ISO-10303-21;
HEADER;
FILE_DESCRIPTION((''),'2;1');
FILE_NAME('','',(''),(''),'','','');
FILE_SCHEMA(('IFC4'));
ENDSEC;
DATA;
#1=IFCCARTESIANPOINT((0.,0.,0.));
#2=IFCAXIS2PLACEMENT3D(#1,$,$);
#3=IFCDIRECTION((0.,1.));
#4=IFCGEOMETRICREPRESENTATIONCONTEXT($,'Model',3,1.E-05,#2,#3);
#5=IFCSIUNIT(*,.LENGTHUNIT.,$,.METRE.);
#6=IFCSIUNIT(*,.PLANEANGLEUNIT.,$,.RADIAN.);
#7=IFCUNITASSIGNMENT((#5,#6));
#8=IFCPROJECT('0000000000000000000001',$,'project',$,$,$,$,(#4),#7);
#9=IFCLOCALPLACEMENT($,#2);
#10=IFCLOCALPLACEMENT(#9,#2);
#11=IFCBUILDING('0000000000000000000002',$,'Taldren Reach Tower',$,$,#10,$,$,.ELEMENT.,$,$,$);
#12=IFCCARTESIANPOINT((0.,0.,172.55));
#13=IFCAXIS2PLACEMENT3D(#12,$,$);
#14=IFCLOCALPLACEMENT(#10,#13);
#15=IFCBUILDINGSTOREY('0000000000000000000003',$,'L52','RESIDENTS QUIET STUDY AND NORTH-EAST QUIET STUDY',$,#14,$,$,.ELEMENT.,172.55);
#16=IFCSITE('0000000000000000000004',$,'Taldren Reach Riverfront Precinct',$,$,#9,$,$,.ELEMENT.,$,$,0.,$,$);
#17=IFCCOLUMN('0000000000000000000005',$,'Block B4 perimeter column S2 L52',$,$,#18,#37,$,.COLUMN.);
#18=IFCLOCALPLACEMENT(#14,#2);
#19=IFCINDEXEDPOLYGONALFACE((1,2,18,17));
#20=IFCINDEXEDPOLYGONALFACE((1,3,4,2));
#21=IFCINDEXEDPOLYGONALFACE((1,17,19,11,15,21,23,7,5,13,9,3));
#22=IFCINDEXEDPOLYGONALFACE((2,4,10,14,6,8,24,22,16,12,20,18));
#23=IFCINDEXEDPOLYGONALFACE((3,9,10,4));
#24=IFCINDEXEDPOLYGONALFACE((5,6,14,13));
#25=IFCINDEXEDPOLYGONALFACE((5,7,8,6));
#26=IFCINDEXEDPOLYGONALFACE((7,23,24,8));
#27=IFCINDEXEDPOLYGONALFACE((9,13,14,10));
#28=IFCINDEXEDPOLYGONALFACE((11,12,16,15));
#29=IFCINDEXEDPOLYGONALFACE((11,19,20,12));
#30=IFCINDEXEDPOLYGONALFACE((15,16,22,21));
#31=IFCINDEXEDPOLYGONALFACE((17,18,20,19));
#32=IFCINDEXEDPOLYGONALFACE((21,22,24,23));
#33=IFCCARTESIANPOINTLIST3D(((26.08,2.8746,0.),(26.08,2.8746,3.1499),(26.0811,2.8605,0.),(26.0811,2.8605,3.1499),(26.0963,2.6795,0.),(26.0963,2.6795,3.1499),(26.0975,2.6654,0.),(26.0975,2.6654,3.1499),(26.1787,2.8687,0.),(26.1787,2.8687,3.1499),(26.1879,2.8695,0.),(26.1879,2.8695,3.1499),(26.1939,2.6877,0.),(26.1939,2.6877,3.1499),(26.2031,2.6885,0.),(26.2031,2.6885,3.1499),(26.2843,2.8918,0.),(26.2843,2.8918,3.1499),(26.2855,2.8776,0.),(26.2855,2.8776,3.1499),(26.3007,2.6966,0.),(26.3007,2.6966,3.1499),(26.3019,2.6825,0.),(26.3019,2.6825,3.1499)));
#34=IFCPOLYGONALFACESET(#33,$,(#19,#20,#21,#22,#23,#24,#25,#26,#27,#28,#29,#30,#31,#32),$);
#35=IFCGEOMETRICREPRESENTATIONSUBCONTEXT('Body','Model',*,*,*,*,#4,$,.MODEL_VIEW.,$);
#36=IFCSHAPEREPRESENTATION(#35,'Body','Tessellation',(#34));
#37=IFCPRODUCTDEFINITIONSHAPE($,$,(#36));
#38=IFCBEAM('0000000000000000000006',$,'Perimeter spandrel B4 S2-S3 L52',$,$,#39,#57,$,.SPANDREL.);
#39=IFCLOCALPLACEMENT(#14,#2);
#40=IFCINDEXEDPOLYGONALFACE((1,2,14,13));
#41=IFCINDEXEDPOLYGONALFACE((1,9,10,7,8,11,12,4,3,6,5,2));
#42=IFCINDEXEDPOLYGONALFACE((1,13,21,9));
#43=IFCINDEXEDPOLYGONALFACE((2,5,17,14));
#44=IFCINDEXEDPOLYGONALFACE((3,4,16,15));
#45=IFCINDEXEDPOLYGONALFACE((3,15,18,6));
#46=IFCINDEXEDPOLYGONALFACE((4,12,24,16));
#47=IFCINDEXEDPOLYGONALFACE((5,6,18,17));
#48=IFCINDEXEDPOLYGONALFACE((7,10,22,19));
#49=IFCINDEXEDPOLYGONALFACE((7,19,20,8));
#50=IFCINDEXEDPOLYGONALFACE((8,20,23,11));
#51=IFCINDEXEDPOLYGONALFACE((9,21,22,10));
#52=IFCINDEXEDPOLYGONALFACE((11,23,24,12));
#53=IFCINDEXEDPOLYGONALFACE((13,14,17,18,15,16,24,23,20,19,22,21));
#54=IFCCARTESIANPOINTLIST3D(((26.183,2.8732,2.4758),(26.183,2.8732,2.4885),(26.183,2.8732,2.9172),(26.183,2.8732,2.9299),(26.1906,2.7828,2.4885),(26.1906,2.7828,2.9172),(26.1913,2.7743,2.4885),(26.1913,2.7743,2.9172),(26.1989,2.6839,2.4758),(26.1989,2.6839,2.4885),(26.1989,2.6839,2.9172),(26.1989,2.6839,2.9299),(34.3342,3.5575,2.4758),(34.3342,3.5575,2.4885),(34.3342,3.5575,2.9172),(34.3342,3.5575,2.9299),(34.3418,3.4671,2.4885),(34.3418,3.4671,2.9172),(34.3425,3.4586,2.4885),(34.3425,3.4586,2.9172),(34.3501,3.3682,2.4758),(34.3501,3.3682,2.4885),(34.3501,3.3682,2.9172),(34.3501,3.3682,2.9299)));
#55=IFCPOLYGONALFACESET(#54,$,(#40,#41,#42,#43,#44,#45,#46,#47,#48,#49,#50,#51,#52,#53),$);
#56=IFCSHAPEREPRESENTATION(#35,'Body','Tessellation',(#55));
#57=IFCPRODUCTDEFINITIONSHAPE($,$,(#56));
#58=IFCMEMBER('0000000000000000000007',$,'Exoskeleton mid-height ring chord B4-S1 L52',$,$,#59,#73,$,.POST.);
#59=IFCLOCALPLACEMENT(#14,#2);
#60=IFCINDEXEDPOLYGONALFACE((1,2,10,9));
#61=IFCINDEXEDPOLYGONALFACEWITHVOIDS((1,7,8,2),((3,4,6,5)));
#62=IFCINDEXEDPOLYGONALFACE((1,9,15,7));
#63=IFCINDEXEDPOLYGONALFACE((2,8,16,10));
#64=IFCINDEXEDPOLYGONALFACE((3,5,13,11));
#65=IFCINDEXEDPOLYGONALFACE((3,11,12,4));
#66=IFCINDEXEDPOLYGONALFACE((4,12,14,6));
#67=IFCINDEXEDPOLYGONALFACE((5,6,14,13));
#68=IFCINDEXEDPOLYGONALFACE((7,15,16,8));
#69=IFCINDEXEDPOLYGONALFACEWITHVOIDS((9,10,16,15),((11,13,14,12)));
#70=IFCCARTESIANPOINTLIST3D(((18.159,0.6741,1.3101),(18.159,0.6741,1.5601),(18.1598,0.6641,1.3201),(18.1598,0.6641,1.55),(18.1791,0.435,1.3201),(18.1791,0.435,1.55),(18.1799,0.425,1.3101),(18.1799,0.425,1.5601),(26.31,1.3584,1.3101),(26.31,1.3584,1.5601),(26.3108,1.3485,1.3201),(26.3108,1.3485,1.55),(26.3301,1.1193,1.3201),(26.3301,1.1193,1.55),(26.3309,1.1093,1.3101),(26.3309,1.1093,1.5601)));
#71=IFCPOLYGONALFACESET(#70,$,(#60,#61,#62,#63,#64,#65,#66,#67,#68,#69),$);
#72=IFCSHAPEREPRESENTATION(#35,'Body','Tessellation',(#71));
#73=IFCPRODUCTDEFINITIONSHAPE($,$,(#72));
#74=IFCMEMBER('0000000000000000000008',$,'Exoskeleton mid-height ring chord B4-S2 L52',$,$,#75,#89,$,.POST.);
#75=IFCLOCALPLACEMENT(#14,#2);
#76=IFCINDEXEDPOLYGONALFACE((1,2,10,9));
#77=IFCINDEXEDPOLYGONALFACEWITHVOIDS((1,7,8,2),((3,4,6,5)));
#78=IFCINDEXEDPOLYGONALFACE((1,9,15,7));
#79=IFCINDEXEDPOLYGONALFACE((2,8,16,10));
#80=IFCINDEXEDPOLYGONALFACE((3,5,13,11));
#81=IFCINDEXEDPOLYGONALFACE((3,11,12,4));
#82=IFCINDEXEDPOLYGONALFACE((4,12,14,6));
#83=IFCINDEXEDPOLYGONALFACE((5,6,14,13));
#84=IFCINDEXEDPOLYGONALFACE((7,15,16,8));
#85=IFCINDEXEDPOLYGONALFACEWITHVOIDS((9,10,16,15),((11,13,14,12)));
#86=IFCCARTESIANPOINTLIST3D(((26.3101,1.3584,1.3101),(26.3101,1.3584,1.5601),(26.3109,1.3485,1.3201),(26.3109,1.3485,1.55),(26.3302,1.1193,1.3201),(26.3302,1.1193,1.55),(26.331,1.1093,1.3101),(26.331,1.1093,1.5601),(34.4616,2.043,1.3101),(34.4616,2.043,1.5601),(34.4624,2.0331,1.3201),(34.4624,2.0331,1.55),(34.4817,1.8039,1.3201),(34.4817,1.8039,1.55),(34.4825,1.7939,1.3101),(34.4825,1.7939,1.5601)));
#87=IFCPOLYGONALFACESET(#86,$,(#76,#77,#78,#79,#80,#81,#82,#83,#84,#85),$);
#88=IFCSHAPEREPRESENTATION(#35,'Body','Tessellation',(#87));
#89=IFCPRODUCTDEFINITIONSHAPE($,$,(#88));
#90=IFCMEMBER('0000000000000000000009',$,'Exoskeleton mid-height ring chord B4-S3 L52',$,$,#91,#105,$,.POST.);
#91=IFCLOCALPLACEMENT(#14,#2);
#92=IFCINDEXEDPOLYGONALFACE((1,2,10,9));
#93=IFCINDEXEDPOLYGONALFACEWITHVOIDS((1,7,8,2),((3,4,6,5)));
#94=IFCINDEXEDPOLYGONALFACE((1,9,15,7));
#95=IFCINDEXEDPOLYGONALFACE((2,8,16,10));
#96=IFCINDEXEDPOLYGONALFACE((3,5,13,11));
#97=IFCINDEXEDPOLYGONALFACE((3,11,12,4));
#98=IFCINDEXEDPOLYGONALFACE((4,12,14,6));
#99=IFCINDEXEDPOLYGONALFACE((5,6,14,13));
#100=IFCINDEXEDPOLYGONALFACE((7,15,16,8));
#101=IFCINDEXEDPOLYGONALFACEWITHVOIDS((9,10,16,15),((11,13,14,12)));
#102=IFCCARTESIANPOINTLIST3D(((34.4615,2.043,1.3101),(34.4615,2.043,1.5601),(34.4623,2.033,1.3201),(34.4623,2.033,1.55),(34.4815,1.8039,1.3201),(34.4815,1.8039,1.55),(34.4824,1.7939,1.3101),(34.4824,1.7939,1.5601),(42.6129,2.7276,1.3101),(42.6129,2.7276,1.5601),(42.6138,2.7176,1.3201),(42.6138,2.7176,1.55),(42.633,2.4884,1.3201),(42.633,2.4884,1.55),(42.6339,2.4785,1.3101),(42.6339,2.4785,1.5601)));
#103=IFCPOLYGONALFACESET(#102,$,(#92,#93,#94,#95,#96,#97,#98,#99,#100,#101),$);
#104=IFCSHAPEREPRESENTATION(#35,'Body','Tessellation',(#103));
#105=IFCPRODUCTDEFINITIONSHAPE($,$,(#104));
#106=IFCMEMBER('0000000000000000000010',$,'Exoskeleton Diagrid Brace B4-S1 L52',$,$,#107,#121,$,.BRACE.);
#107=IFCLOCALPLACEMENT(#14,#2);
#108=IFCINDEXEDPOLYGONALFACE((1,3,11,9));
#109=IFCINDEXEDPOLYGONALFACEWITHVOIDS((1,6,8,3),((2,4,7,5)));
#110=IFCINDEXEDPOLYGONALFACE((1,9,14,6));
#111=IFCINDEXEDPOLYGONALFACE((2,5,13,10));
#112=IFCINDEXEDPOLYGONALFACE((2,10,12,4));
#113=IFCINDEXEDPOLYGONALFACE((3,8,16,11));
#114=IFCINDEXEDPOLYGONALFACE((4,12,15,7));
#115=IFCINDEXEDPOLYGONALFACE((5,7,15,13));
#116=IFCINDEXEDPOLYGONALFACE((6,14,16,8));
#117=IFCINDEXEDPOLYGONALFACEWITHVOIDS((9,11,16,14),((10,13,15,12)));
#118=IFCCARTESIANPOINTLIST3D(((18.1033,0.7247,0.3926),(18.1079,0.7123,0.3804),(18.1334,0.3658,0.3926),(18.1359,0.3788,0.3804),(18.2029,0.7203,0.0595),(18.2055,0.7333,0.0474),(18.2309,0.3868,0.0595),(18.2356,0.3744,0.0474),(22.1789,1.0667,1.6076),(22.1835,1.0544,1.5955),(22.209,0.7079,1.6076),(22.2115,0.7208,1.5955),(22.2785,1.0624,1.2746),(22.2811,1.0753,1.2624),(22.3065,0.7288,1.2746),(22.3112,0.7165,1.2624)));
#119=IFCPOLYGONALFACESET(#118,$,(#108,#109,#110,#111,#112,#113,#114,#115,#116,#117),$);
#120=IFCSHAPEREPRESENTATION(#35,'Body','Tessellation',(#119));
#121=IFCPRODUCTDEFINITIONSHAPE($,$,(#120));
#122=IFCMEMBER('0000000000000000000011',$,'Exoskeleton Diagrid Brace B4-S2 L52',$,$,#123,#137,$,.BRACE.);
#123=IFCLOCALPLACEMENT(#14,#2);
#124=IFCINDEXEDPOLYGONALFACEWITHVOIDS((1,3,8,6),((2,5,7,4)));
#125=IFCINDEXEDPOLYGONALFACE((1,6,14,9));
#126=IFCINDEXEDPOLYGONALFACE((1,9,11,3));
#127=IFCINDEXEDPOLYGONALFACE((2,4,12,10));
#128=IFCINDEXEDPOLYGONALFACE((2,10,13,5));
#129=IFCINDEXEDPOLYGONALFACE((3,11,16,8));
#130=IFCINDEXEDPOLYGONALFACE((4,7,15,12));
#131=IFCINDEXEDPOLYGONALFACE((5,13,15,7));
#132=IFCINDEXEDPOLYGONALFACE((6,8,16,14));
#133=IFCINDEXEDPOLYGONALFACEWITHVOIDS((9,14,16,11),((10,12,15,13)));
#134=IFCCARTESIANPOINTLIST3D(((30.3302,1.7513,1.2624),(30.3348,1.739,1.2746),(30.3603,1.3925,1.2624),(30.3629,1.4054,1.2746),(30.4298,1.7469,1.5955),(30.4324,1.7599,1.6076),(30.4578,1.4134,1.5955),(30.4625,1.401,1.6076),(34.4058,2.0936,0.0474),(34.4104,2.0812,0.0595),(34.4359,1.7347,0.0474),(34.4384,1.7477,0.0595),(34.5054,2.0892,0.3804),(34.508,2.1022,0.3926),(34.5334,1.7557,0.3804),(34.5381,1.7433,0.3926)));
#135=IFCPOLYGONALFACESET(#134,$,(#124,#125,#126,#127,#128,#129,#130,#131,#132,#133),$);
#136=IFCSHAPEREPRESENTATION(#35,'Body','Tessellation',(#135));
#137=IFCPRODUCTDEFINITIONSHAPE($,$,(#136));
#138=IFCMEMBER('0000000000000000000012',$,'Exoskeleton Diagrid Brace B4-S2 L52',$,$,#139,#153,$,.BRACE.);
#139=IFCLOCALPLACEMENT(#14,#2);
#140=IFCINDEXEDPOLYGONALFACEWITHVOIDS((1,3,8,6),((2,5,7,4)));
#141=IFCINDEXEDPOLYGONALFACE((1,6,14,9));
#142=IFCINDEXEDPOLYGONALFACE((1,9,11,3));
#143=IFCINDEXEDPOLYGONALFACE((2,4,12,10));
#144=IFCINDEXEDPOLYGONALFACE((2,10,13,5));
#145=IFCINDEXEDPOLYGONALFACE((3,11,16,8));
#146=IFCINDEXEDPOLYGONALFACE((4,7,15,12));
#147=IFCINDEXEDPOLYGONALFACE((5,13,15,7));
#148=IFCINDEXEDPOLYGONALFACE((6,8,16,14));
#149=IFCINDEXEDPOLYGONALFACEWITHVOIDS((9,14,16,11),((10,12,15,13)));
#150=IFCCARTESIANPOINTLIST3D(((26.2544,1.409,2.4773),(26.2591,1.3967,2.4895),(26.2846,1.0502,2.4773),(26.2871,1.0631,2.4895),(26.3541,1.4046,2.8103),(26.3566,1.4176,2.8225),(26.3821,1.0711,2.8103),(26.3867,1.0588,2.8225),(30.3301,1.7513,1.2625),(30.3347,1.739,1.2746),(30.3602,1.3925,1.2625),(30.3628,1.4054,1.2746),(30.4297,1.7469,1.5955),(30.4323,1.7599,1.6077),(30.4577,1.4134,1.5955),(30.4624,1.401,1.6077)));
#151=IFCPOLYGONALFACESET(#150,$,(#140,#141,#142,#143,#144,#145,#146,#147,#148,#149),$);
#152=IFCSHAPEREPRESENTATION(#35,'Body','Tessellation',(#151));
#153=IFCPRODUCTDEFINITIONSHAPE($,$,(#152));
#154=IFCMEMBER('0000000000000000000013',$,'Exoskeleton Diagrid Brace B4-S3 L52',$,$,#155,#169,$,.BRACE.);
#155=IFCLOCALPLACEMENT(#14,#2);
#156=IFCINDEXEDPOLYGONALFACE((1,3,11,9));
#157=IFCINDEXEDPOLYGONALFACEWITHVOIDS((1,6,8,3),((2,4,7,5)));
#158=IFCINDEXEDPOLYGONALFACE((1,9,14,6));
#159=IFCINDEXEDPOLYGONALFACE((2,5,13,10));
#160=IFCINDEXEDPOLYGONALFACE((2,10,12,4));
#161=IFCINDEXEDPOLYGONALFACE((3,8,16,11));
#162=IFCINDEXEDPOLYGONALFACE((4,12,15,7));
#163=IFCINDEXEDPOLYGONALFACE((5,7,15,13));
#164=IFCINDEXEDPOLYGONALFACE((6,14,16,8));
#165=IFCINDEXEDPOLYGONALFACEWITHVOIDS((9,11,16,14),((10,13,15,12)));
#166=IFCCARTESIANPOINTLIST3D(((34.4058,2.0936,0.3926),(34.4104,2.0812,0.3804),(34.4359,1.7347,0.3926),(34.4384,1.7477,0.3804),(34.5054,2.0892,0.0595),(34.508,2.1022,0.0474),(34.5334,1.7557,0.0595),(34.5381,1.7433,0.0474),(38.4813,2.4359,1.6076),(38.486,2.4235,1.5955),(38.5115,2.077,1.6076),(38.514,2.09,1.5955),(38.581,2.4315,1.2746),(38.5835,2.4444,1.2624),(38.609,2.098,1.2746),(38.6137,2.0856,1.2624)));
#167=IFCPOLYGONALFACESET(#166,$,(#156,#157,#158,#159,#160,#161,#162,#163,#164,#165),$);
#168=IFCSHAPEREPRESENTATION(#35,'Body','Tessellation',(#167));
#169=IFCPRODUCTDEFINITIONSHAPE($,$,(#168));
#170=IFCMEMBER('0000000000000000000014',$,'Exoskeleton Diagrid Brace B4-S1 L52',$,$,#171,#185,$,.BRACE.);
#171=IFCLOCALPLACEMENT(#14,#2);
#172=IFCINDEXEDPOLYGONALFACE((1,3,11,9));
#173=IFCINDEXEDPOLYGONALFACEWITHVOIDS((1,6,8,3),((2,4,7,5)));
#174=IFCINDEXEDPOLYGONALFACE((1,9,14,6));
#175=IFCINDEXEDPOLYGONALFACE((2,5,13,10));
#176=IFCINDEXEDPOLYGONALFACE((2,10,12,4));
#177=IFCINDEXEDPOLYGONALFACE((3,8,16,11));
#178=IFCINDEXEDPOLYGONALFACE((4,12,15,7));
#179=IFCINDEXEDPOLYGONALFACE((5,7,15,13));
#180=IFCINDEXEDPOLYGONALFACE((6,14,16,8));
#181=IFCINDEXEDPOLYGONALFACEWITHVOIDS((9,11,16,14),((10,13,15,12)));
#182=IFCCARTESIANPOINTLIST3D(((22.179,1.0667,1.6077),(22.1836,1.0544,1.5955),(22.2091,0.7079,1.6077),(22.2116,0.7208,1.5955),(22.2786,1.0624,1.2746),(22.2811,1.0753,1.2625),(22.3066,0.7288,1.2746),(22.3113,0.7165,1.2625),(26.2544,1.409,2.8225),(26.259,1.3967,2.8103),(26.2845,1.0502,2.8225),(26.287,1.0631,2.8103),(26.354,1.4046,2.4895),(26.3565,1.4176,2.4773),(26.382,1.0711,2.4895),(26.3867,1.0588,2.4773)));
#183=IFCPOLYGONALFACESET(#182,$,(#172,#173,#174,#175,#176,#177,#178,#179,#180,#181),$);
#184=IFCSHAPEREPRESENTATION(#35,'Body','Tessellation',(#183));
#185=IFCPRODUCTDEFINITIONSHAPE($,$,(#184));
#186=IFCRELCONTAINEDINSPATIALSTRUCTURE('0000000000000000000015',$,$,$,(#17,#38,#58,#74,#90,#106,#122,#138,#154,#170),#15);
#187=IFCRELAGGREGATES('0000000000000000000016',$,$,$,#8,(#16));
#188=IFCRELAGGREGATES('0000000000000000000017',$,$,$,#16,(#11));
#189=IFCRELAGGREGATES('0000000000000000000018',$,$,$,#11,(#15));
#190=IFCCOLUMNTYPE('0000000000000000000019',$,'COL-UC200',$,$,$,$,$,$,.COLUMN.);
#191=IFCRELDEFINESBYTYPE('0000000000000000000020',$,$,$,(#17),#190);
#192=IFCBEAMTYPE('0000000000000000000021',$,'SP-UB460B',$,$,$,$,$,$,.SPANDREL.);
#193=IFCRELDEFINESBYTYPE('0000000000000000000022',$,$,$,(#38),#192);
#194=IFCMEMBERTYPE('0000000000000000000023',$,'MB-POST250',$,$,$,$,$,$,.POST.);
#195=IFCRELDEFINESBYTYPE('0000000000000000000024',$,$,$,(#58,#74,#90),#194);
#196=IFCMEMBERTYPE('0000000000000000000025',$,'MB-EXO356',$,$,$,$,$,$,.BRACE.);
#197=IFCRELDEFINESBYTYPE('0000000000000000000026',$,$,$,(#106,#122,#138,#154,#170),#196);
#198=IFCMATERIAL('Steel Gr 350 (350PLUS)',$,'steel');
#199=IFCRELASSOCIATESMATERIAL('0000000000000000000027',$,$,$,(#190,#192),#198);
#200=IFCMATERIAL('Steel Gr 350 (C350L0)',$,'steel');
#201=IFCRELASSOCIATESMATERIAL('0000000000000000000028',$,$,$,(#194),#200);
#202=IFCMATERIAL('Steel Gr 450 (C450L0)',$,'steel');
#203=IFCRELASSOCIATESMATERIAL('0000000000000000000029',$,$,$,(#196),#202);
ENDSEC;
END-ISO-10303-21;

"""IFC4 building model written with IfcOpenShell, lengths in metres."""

from ifc_helpers import new_model, si_unit, direction, frame, origin, origin_2d, place, context, subcontext, project, spatial, hollow_rectangle, i_section, extrude, source, transform, mapped, material, material_profile, profile_set, type_object, element, save


model = new_model("IFC4")

# Units and contexts
model_context = context("Model", 3, precision=1e-05, world=origin(), true_north=direction((0.0, 1.0)))
body_context = subcontext(model_context, "Body", "Model", "MODEL_VIEW")
ifc_project = project(units=[si_unit("LENGTHUNIT", "METRE"), si_unit("PLANEANGLEUNIT", "RADIAN")], contexts=[model_context])

# Site, building, storey
site_placement = place(None, origin())
site = spatial("IfcSite", under=ifc_project, at=site_placement, Name="Taldren Reach Riverfront Precinct", CompositionType="ELEMENT", RefElevation=0.0)
building_placement = place(site_placement, origin())
building = spatial("IfcBuilding", under=site, at=building_placement, Name="Taldren Reach Tower", CompositionType="ELEMENT")
storey_placement = place(building_placement, frame((0.0, 0.0, 172.55)))
storey = spatial("IfcBuildingStorey", under=building, at=storey_placement, Name="L52", Description="RESIDENTS QUIET STUDY AND NORTH-EAST QUIET STUDY", CompositionType="ELEMENT", Elevation=172.55)

# Column
ifc_material_1 = material(Name="Steel Gr 350 (350PLUS)", Category="steel")
ifc_material_profile_1 = material_profile(ifc_material_1, i_section(OverallWidth=0.2051, OverallDepth=0.21, WebThickness=0.0093, FlangeThickness=0.0142, at=origin_2d()), Name="200UC59.5")
ifc_profile_set_1 = profile_set([ifc_material_profile_1], Name="Steel Gr 350 (350PLUS)")
column_type = type_object("IfcColumnType", Name="COL-UC200", PredefinedType="COLUMN", material=ifc_profile_set_1)
shared_shape_1 = source(origin(), body_context, "Body", "SweptSolid", [
    extrude(i_section(OverallWidth=0.2051, OverallDepth=0.21, WebThickness=0.0093, FlangeThickness=0.0142, at=origin_2d()), origin(), (0.0, 0.0, 1.0), 3.1499),
])
column_placement = place(storey_placement, frame((26.1909, 2.7786, 0.0), z_axis=(0.0, 0.0, 1.0), x_axis=(0.996493, 0.083678, 0.0)))
element("IfcColumn", 1, at=column_placement, inside=storey, type_object=column_type, Name="Block B4 perimeter column S2 L52", PredefinedType="COLUMN", context=body_context, shape_type="MappedRepresentation", body=[
    mapped(shared_shape_1, transform((0.0, 0.0, 0.0), scale=1.0)),
])

# Beam
ifc_material_profile_2 = material_profile(ifc_material_1, i_section(OverallWidth=0.1899, OverallDepth=0.4541, WebThickness=0.0085, FlangeThickness=0.0127, at=origin_2d()), Name="460UB67.1")
ifc_profile_set_2 = profile_set([ifc_material_profile_2], Name="Steel Gr 350 (350PLUS)")
beam_type = type_object("IfcBeamType", Name="SP-UB460B", PredefinedType="SPANDREL", material=ifc_profile_set_2)
shared_shape_2 = source(origin(), body_context, "Body", "SweptSolid", [
    extrude(i_section(OverallWidth=0.1899, OverallDepth=0.4541, WebThickness=0.0085, FlangeThickness=0.0127, at=origin_2d()), origin(), (0.0, 0.0, 1.0), 8.1799),
])
beam_placement = place(storey_placement, frame((26.1909, 2.7786, 2.7029), z_axis=(0.996495, 0.083658, 0.0), x_axis=(-0.083658, 0.996495, 0.0)))
element("IfcBeam", 2, at=beam_placement, inside=storey, type_object=beam_type, Name="Perimeter spandrel B4 S2-S3 L52", PredefinedType="SPANDREL", context=body_context, shape_type="MappedRepresentation", body=[
    mapped(shared_shape_2, transform((0.0, 0.0, 0.0), scale=1.0)),
])

# Members
ifc_material_2 = material(Name="Steel Gr 350 (C350L0)", Category="steel")
ifc_material_profile_3 = material_profile(ifc_material_2, hollow_rectangle(XDim=0.25, YDim=0.25, WallThickness=0.01, at=origin_2d()), Name="250x250x10.0SHS")
ifc_profile_set_3 = profile_set([ifc_material_profile_3], Name="Steel Gr 350 (C350L0)")
member_type_1 = type_object("IfcMemberType", Name="MB-POST250", PredefinedType="POST", material=ifc_profile_set_3)
shared_shape_3 = source(origin(), body_context, "Body", "SweptSolid", [
    extrude(hollow_rectangle(XDim=0.25, YDim=0.25, WallThickness=0.01, at=origin_2d()), origin(), (0.0, 0.0, 1.0), 8.1797),
])
member_1_placement = place(storey_placement, frame((18.1694, 0.5496, 1.4351), z_axis=(0.996494, 0.083661, 0.0), x_axis=(-0.083661, 0.996494, 0.0)))
element("IfcMember", 3, at=member_1_placement, inside=storey, type_object=member_type_1, Name="Exoskeleton mid-height ring chord B4-S1 L52", PredefinedType="POST", context=body_context, shape_type="MappedRepresentation", body=[
    mapped(shared_shape_3, transform((0.0, 0.0, 0.0), scale=1.0)),
])
shared_shape_4 = source(origin(), body_context, "Body", "SweptSolid", [
    extrude(hollow_rectangle(XDim=0.25, YDim=0.25, WallThickness=0.01, at=origin_2d()), origin(), (0.0, 0.0, 1.0), 8.1802),
])
for number, where, z_axis, x_axis, name in (
    (4, (26.3206, 1.2339, 1.4351), (0.996492, 0.083688, 0.0), (-0.083688, 0.996492, 0.0), "Exoskeleton mid-height ring chord B4-S2 L52"),
    (5, (34.4719, 1.9185, 1.4351), (0.996492, 0.083688, 0.0), (-0.083688, 0.996492, 0.0), "Exoskeleton mid-height ring chord B4-S3 L52"),
):
    element("IfcMember", number, at=place(storey_placement, frame(where, z_axis=z_axis, x_axis=x_axis)), inside=storey, type_object=member_type_1, Name=name, PredefinedType="POST", context=body_context, shape_type="MappedRepresentation", body=[
        mapped(shared_shape_4, transform((0.0, 0.0, 0.0), scale=1.0)),
    ])
ifc_material_3 = material(Name="Steel Gr 450 (C450L0)", Category="steel")
ifc_material_profile_4 = material_profile(ifc_material_3, hollow_rectangle(XDim=0.3601, YDim=0.3601, WallThickness=0.0127, at=origin_2d()), Name="360x360x12.7SHS")
ifc_profile_set_4 = profile_set([ifc_material_profile_4], Name="Steel Gr 450 (C450L0)")
member_type_2 = type_object("IfcMemberType", Name="MB-EXO356", PredefinedType="BRACE", material=ifc_profile_set_4)
shared_shape_5 = source(origin(), body_context, "Body", "SweptSolid", [
    extrude(hollow_rectangle(XDim=0.3601, YDim=0.3601, WallThickness=0.0127, at=origin_2d()), origin(), (0.0, 0.0, 1.0), 4.2666),
])
for number, where, z_axis, x_axis, name in (
    (6, (18.1694, 0.5496, 0.22), (0.955234, 0.080165, 0.284785), (-0.083628, 0.996497, 0.0), "Exoskeleton Diagrid Brace B4-S1 L52"),
    (7, (34.4719, 1.9185, 0.22), (-0.955229, -0.080222, 0.284783), (0.083688, -0.996492, 0.0), "Exoskeleton Diagrid Brace B4-S2 L52"),
    (8, (30.3962, 1.5762, 1.4351), (-0.955245, -0.080224, 0.284731), (0.083688, -0.996492, 0.0), "Exoskeleton Diagrid Brace B4-S2 L52"),
    (9, (34.4719, 1.9185, 0.22), (0.955229, 0.080222, 0.284783), (-0.083688, 0.996492, 0.0), "Exoskeleton Diagrid Brace B4-S3 L52"),
):
    element("IfcMember", number, at=place(storey_placement, frame(where, z_axis=z_axis, x_axis=x_axis)), inside=storey, type_object=member_type_2, Name=name, PredefinedType="BRACE", context=body_context, shape_type="MappedRepresentation", body=[
        mapped(shared_shape_5, transform((0.0, 0.0, 0.0), scale=1.0)),
    ])
shared_shape_6 = source(origin(), body_context, "Body", "SweptSolid", [
    extrude(hollow_rectangle(XDim=0.3601, YDim=0.3601, WallThickness=0.0127, at=origin_2d()), origin(), (0.0, 0.0, 1.0), 4.2664),
])
member_2_placement = place(storey_placement, frame((22.2451, 0.8916, 1.4351), z_axis=(0.95524, 0.080228, 0.284746), x_axis=(-0.083693, 0.996492, 0.0)))
element("IfcMember", 10, at=member_2_placement, inside=storey, type_object=member_type_2, Name="Exoskeleton Diagrid Brace B4-S1 L52", PredefinedType="BRACE", context=body_context, shape_type="MappedRepresentation", body=[
    mapped(shared_shape_6, transform((0.0, 0.0, 0.0), scale=1.0)),
])

save(model, "model.ifc")
